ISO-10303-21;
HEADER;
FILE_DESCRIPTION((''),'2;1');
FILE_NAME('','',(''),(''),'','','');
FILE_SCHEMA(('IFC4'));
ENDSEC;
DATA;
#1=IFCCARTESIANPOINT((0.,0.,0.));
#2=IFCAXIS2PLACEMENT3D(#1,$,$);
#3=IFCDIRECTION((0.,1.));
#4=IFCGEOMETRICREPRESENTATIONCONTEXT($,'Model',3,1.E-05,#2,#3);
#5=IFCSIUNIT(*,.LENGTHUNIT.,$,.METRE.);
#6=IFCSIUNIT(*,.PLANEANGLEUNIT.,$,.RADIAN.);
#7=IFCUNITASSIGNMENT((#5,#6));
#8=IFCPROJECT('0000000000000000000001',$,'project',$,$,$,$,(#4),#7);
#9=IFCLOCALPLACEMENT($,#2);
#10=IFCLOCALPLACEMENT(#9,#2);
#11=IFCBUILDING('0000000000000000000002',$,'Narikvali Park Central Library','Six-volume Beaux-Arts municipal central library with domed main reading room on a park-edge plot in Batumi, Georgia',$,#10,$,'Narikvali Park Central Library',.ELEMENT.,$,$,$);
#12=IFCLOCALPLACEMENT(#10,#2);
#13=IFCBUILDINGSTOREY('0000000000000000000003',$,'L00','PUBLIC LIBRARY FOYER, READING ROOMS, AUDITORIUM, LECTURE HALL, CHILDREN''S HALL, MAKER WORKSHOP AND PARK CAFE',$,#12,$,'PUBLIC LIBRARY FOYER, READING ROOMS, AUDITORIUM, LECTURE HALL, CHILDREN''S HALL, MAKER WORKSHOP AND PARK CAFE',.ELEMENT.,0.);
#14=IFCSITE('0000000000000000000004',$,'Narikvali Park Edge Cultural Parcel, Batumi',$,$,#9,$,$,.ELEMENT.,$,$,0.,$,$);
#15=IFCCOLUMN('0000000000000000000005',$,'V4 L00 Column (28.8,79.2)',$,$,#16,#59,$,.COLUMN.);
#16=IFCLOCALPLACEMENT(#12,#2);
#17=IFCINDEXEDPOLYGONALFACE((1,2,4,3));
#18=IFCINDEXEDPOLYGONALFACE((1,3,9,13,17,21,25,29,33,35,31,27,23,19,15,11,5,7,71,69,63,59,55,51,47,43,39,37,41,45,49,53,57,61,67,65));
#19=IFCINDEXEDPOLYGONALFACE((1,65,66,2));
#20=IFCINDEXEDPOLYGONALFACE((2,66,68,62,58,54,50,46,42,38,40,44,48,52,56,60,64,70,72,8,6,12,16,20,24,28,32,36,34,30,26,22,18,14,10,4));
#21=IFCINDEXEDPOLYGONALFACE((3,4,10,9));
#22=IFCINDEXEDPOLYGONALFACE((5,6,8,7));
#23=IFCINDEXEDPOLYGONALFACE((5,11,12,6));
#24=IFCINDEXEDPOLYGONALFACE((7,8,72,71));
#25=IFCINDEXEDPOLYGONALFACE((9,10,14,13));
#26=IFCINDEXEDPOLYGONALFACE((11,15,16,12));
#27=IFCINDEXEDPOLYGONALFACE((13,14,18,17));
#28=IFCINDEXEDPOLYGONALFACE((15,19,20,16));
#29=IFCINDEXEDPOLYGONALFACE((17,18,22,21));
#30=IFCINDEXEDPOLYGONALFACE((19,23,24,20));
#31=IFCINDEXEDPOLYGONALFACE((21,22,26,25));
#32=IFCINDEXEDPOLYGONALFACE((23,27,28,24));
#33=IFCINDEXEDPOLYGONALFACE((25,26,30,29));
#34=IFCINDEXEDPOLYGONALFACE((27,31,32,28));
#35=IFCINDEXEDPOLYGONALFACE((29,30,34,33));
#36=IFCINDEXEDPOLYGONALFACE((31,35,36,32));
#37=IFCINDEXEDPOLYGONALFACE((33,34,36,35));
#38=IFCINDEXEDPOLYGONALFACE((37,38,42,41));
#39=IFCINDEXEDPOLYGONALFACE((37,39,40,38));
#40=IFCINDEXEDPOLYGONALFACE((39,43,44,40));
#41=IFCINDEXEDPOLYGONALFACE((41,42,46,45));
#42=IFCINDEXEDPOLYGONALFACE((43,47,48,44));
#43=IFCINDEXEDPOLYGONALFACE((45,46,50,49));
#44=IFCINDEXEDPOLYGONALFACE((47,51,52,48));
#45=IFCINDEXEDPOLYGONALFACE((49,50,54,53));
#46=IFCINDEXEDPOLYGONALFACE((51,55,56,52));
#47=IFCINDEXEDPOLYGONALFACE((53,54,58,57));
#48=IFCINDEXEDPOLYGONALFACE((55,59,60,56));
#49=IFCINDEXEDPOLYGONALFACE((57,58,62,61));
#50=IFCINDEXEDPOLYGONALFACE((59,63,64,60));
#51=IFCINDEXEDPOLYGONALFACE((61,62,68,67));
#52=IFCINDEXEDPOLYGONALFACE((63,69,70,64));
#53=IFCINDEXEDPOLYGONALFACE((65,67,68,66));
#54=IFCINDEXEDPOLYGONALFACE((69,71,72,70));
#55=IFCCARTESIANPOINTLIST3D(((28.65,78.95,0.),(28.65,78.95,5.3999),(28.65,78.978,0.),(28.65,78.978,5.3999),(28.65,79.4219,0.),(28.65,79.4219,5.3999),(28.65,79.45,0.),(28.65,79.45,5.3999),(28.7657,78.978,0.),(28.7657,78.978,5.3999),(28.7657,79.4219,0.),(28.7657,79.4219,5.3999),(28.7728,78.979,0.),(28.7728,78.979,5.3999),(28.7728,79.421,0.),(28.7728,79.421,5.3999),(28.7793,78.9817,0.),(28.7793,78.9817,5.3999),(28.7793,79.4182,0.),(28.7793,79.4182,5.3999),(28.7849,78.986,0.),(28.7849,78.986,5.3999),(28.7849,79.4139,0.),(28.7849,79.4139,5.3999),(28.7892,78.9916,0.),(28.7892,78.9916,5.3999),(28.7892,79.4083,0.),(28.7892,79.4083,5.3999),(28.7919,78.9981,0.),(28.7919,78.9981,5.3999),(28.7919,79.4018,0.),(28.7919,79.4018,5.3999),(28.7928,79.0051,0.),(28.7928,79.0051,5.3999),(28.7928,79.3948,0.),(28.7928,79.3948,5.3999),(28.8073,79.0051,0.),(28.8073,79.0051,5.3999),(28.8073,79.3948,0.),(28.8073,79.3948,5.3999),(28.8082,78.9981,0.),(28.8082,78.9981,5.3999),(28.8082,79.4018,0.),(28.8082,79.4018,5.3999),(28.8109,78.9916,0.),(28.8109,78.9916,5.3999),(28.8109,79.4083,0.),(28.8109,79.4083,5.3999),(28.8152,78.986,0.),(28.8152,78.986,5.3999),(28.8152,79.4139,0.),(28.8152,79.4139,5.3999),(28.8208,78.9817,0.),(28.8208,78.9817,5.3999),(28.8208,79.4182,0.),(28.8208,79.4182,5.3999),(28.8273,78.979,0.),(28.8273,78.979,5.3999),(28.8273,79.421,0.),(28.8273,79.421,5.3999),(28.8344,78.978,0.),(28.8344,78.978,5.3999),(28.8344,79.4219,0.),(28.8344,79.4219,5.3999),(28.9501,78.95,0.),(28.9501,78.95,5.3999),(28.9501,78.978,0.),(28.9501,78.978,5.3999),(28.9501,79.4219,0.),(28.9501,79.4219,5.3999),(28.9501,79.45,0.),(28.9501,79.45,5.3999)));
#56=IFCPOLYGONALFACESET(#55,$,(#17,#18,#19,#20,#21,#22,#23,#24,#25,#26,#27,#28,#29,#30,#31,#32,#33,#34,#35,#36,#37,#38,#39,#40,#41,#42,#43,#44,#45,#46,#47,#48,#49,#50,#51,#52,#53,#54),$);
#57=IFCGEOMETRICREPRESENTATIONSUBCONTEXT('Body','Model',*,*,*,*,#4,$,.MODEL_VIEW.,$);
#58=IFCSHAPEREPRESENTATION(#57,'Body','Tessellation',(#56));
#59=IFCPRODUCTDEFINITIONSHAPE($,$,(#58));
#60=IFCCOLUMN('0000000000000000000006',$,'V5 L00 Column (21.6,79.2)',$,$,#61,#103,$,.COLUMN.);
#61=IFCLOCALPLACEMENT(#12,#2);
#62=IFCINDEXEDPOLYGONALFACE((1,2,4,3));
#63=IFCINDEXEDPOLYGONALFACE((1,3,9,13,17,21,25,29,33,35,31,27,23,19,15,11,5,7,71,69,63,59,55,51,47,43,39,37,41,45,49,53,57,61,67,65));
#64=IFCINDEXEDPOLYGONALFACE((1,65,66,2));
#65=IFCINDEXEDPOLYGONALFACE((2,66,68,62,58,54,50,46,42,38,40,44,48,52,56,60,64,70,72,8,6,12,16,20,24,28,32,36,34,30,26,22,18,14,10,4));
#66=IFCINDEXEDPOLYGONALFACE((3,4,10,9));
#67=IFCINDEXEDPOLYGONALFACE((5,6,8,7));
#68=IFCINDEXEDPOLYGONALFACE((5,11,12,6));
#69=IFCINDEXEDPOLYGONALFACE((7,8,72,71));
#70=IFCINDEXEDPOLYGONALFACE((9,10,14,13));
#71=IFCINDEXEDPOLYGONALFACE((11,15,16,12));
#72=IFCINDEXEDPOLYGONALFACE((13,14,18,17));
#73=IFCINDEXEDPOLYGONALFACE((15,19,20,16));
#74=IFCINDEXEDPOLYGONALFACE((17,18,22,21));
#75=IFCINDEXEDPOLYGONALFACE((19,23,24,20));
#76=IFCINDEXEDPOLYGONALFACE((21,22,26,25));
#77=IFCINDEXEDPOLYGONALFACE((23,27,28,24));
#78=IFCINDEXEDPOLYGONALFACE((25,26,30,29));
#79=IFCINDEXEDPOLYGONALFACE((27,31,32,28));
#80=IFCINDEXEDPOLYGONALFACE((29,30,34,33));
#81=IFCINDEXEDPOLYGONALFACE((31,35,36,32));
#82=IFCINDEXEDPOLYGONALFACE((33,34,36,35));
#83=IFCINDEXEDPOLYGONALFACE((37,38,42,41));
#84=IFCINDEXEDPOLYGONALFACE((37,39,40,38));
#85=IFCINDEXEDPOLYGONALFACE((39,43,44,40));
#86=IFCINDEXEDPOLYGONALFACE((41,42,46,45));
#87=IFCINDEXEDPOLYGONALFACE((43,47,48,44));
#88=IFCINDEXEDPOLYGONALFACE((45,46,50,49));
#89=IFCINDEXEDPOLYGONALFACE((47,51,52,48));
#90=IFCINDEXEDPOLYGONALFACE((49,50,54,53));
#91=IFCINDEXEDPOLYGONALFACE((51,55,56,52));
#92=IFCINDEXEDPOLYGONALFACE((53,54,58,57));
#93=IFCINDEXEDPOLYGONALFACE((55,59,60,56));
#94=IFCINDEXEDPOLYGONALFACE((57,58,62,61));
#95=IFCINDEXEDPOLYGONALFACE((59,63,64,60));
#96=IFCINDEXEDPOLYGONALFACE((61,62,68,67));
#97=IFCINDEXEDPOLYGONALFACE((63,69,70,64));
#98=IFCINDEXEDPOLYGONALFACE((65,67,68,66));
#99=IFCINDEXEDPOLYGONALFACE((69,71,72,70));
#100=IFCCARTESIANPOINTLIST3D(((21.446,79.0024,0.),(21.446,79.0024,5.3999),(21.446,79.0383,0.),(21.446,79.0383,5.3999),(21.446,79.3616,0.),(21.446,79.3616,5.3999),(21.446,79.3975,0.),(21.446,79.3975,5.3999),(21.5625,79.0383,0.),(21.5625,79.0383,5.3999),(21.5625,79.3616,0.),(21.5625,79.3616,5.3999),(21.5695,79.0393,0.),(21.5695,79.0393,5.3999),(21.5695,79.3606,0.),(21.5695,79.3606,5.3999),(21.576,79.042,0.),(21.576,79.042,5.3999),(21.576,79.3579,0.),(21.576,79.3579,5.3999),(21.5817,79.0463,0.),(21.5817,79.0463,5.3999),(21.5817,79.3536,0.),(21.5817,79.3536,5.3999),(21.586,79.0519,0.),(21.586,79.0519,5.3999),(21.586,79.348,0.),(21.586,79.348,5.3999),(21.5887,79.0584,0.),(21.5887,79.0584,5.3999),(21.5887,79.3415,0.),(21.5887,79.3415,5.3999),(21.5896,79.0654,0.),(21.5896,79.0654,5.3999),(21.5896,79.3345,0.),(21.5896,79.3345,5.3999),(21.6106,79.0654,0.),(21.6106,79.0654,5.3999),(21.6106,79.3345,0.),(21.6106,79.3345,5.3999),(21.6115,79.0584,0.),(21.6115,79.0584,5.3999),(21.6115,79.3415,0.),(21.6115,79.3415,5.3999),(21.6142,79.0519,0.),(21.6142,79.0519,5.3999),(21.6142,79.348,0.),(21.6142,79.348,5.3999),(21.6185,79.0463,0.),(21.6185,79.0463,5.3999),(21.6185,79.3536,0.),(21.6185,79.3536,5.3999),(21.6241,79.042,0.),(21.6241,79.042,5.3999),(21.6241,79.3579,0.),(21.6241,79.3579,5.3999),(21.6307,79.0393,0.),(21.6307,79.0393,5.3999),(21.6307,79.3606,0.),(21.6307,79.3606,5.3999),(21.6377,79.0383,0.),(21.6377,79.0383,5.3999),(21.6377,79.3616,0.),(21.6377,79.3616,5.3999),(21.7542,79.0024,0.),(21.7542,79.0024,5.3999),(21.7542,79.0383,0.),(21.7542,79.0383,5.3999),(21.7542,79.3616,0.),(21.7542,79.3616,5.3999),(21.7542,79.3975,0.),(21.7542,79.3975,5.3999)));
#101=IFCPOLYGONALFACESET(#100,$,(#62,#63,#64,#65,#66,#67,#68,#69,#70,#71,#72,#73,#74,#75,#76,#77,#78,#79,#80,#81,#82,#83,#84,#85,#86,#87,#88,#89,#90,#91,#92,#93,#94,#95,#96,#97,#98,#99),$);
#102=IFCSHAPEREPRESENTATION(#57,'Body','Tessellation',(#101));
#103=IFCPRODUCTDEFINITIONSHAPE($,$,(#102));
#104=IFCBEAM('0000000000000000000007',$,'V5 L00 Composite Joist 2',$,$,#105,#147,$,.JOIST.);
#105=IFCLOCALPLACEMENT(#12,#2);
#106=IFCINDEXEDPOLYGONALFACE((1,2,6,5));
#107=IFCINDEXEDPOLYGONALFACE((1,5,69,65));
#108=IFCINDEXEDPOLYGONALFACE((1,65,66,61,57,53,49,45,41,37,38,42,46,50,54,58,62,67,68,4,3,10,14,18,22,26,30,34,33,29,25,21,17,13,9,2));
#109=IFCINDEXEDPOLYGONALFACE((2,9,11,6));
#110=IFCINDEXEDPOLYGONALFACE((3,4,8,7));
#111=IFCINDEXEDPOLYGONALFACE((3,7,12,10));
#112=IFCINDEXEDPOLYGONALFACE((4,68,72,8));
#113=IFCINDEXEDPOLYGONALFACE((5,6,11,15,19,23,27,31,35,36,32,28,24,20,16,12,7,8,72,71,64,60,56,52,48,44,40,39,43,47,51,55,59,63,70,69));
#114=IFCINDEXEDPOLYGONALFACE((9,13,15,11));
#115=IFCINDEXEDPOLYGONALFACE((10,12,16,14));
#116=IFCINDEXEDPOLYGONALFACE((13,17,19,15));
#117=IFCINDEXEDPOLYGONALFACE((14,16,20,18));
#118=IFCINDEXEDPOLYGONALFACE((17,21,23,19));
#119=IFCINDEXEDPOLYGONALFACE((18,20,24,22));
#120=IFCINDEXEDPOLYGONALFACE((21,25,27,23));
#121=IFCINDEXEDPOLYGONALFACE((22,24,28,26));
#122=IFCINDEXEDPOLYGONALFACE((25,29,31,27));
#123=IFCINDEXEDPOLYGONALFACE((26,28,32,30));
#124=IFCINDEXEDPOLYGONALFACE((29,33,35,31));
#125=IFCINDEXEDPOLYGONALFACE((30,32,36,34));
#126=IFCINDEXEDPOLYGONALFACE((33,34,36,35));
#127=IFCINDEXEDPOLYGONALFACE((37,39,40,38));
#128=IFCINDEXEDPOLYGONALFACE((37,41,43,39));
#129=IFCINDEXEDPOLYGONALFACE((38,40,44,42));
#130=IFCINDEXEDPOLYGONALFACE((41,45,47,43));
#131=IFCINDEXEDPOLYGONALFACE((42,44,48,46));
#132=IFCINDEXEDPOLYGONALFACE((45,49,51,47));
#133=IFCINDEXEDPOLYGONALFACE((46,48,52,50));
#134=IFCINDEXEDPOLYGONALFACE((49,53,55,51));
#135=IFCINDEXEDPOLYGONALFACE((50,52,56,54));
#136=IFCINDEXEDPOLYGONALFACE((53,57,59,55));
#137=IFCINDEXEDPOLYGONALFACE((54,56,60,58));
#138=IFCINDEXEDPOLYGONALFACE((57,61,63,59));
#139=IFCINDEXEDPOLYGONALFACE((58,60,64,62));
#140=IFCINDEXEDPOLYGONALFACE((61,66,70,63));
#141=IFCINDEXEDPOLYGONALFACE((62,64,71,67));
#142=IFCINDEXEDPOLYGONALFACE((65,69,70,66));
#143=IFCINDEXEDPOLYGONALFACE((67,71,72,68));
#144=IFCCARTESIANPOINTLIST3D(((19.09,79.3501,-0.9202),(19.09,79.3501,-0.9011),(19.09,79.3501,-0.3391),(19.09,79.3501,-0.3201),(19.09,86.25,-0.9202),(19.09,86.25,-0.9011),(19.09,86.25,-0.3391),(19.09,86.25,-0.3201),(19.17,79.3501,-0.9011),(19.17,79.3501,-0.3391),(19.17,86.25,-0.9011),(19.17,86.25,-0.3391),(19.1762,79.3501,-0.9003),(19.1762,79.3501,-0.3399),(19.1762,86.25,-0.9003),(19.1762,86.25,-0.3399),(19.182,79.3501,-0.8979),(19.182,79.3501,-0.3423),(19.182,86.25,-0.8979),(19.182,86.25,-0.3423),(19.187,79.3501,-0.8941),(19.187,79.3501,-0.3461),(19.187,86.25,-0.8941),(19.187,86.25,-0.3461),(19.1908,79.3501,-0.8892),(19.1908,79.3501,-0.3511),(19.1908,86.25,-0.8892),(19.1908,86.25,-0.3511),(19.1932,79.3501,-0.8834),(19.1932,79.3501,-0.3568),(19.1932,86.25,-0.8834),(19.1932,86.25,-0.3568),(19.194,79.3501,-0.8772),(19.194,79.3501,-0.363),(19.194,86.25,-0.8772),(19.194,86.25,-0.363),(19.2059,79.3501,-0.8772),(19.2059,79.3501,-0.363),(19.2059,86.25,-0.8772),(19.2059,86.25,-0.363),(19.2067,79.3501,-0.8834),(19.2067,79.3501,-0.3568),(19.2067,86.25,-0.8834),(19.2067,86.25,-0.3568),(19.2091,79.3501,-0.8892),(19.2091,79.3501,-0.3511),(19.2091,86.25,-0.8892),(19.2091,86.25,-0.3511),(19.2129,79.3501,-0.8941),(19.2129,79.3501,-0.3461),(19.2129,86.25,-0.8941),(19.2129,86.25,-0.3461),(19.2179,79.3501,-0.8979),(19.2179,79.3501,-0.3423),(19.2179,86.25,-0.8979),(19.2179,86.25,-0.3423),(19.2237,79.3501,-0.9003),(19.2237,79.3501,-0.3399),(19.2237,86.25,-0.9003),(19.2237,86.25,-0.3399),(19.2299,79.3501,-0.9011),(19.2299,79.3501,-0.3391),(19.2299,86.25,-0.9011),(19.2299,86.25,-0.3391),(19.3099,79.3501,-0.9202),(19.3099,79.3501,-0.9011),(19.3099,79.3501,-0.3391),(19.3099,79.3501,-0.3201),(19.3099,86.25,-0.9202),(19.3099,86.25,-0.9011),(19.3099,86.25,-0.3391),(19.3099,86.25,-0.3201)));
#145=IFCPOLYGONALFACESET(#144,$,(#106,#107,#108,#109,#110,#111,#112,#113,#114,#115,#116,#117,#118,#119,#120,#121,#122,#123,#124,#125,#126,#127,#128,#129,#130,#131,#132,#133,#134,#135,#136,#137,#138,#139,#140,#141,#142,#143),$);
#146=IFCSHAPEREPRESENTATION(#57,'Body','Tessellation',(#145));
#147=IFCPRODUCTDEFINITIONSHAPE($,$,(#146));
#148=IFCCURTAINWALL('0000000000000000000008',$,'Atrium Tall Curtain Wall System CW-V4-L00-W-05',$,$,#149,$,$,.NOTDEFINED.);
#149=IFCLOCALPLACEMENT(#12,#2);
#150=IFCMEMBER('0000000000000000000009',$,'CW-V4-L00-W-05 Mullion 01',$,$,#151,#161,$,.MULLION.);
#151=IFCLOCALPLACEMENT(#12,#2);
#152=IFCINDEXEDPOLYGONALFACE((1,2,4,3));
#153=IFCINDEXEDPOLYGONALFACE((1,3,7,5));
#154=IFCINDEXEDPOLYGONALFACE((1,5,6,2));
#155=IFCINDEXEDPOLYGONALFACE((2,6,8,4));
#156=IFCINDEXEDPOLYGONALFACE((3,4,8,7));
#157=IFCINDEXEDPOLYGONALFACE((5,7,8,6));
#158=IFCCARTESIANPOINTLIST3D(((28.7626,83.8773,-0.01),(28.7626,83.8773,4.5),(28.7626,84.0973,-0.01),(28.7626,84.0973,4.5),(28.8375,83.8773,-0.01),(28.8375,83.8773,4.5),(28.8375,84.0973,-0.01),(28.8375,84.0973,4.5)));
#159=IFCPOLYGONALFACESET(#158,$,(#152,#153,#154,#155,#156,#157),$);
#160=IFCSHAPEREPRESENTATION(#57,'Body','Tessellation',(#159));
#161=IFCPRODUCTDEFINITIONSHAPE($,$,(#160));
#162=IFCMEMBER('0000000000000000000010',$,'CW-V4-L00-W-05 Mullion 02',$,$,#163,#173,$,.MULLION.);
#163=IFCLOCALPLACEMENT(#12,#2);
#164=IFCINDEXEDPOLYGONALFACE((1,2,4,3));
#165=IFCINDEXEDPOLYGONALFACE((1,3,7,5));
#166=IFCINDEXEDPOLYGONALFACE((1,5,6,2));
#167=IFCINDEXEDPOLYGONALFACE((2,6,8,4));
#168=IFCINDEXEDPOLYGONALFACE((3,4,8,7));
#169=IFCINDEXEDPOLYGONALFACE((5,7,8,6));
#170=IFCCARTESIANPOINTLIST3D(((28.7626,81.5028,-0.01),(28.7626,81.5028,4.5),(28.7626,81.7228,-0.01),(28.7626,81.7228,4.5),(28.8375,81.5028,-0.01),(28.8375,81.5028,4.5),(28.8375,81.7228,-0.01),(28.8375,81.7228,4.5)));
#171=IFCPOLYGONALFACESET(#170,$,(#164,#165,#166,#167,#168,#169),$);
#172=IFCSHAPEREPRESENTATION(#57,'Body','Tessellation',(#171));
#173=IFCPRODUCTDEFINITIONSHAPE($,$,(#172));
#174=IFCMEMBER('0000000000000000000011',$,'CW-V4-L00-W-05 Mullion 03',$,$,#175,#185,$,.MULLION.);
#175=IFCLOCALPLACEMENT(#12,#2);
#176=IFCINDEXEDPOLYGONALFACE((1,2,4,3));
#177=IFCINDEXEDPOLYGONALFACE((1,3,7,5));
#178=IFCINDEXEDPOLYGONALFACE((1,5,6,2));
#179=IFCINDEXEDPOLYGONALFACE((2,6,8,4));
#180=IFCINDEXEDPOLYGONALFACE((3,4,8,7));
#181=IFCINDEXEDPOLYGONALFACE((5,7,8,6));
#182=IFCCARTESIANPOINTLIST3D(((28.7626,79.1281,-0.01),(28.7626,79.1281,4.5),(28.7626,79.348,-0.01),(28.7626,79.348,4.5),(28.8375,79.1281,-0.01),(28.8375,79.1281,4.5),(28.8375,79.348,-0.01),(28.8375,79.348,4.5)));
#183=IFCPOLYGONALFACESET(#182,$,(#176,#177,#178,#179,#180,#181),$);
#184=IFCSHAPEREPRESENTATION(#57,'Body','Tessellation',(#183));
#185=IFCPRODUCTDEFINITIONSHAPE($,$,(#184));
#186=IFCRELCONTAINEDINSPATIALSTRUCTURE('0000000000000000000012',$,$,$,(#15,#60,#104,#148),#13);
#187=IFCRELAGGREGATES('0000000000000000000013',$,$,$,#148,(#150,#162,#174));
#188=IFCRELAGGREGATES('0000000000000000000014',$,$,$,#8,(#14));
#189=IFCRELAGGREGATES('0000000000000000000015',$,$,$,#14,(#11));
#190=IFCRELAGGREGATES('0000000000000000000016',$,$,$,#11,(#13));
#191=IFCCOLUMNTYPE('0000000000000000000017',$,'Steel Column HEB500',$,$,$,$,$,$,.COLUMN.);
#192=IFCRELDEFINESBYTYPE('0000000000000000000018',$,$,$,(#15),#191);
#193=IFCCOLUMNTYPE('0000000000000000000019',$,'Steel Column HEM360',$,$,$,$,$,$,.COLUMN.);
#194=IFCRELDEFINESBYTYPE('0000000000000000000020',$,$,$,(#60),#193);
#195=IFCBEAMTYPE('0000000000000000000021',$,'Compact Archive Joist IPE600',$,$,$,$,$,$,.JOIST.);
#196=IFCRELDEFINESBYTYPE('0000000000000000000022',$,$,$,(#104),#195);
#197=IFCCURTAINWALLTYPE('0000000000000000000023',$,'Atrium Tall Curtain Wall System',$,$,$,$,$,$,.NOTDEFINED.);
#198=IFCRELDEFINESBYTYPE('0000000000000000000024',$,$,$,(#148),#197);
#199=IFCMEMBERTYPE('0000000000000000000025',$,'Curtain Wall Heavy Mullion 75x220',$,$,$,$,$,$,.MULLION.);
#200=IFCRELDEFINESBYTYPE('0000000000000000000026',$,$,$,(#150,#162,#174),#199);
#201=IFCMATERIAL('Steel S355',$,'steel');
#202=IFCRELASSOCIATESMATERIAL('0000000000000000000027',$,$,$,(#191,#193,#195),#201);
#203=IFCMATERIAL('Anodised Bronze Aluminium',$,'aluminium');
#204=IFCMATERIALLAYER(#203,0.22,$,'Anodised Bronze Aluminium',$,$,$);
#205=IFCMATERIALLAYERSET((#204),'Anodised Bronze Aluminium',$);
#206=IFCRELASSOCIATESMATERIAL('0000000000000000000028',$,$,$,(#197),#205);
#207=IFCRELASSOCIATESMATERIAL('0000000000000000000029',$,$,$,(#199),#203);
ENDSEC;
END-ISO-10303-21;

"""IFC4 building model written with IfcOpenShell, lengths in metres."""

from ifc_helpers import new_model, si_unit, direction, frame, origin, origin_2d, place, context, subcontext, project, spatial, rectangle, i_section, extrude, material, layer, layer_set, material_profile, profile_set, type_object, element, aggregate, save


model = new_model("IFC4")

# Units and contexts
model_context = context("Model", 3, precision=1e-05, world=origin(), true_north=direction((0.0, 1.0)))
body_context = subcontext(model_context, "Body", "Model", "MODEL_VIEW")
ifc_project = project(units=[si_unit("LENGTHUNIT", "METRE"), si_unit("PLANEANGLEUNIT", "RADIAN")], contexts=[model_context])

# Site, building, storey
site_placement = place(None, origin())
site = spatial("IfcSite", under=ifc_project, at=site_placement, Name="Narikvali Park Edge Cultural Parcel, Batumi", CompositionType="ELEMENT", RefElevation=0.0)
building_placement = place(site_placement, origin())
building = spatial("IfcBuilding", under=site, at=building_placement, Name="Narikvali Park Central Library", Description="Six-volume Beaux-Arts municipal central library with domed main reading room on a park-edge plot in Batumi, Georgia", LongName="Narikvali Park Central Library", CompositionType="ELEMENT")
storey_placement = place(building_placement, origin())
storey = spatial("IfcBuildingStorey", under=building, at=storey_placement, Name="L00", Description="PUBLIC LIBRARY FOYER, READING ROOMS, AUDITORIUM, LECTURE HALL, CHILDREN'S HALL, MAKER WORKSHOP AND PARK CAFE", LongName="PUBLIC LIBRARY FOYER, READING ROOMS, AUDITORIUM, LECTURE HALL, CHILDREN'S HALL, MAKER WORKSHOP AND PARK CAFE", CompositionType="ELEMENT", Elevation=0.0)

# Columns
ifc_material_1 = material(Name="Steel S355", Category="steel")
ifc_material_profile_1 = material_profile(ifc_material_1, i_section(OverallWidth=0.3, OverallDepth=0.5, WebThickness=0.0144, FlangeThickness=0.0281, FilletRadius=0.0271, at=origin_2d()), Name="HEB 500")
ifc_profile_set_1 = profile_set([ifc_material_profile_1], Name="Steel S355")
column_type_1 = type_object("IfcColumnType", Name="Steel Column HEB500", PredefinedType="COLUMN", material=ifc_profile_set_1)
column_1_placement = place(storey_placement, frame((28.8, 79.2, 0.0), z_axis=(0.0, 0.0, 1.0), x_axis=(1.0, 0.0, 0.0)))
element("IfcColumn", 1, at=column_1_placement, inside=storey, type_object=column_type_1, Name="V4 L00 Column (28.8,79.2)", PredefinedType="COLUMN", context=body_context, shape_type="SweptSolid", body=[
    extrude(i_section(OverallWidth=0.3, OverallDepth=0.5, WebThickness=0.0144, FlangeThickness=0.0281, FilletRadius=0.0271, at=origin_2d()), origin(), (0.0, 0.0, 1.0), 5.3999),
])
ifc_material_profile_2 = material_profile(ifc_material_1, i_section(OverallWidth=0.3081, OverallDepth=0.395, WebThickness=0.021, FlangeThickness=0.0359, FilletRadius=0.0271, at=origin_2d()), Name="HEM 360")
ifc_profile_set_2 = profile_set([ifc_material_profile_2], Name="Steel S355")
column_type_2 = type_object("IfcColumnType", Name="Steel Column HEM360", PredefinedType="COLUMN", material=ifc_profile_set_2)
column_2_placement = place(storey_placement, frame((21.6001, 79.2, 0.0), z_axis=(0.0, 0.0, 1.0), x_axis=(1.0, 0.0, 0.0)))
element("IfcColumn", 2, at=column_2_placement, inside=storey, type_object=column_type_2, Name="V5 L00 Column (21.6,79.2)", PredefinedType="COLUMN", context=body_context, shape_type="SweptSolid", body=[
    extrude(i_section(OverallWidth=0.3081, OverallDepth=0.395, WebThickness=0.021, FlangeThickness=0.0359, FilletRadius=0.0271, at=origin_2d()), origin(), (0.0, 0.0, 1.0), 5.3999),
])

# Beam
ifc_material_profile_3 = material_profile(ifc_material_1, i_section(OverallWidth=0.22, OverallDepth=0.6001, WebThickness=0.012, FlangeThickness=0.019, FilletRadius=0.0239, at=origin_2d()), Name="IPE 600")
ifc_profile_set_3 = profile_set([ifc_material_profile_3], Name="Steel S355")
beam_type_1 = type_object("IfcBeamType", Name="Compact Archive Joist IPE600", PredefinedType="JOIST", material=ifc_profile_set_3)
beam_1_placement = place(storey_placement, frame((19.2, 79.3501, -0.6201), z_axis=(0.0, 1.0, 0.0), x_axis=(-1.0, 0.0, 0.0)))
element("IfcBeam", 3, at=beam_1_placement, inside=storey, type_object=beam_type_1, Name="V5 L00 Composite Joist 2", PredefinedType="JOIST", context=body_context, shape_type="SweptSolid", body=[
    extrude(i_section(OverallWidth=0.22, OverallDepth=0.6001, WebThickness=0.012, FlangeThickness=0.019, FilletRadius=0.0239, at=origin_2d()), origin(), (0.0, 0.0, 1.0), 6.8999),
])

# Curtain wall, members
ifc_material_2 = material(Name="Anodised Bronze Aluminium", Category="aluminium")
ifc_layer_1 = layer(ifc_material_2, 0.22, Name="Anodised Bronze Aluminium")
ifc_layer_set_1 = layer_set([ifc_layer_1], Name="Anodised Bronze Aluminium")
curtain_wall_type = type_object("IfcCurtainWallType", Name="Atrium Tall Curtain Wall System", PredefinedType="NOTDEFINED", material=ifc_layer_set_1)
curtain_wall_1_placement = place(storey_placement, origin())
curtain_wall_1 = element("IfcCurtainWall", 4, at=curtain_wall_1_placement, inside=storey, type_object=curtain_wall_type, Name="Atrium Tall Curtain Wall System CW-V4-L00-W-05", PredefinedType="NOTDEFINED")
ifc_material_profile_4 = material_profile(ifc_material_2, rectangle(XDim=0.075, YDim=0.22, at=origin_2d()), Name="CW MULLION 75x220")
ifc_profile_set_4 = profile_set([ifc_material_profile_4], Name="Anodised Bronze Aluminium")
member_type_1 = type_object("IfcMemberType", Name="Curtain Wall Heavy Mullion 75x220", PredefinedType="MULLION", material=ifc_profile_set_4)
member_1_placement = place(storey_placement, frame((28.8, 83.9873, -0.01), z_axis=(0.0, 0.0, 1.0), x_axis=(1.0, 0.0, 0.0)))
member_1 = element("IfcMember", 5, at=member_1_placement, type_object=member_type_1, Name="CW-V4-L00-W-05 Mullion 01", PredefinedType="MULLION", context=body_context, shape_type="SweptSolid", body=[
    extrude(rectangle(XDim=0.075, YDim=0.22, at=origin_2d()), origin(), (0.0, 0.0, 1.0), 4.51),
])
member_2_placement = place(storey_placement, frame((28.8, 81.6128, -0.01), z_axis=(0.0, 0.0, 1.0), x_axis=(1.0, 0.0, 0.0)))
member_2 = element("IfcMember", 6, at=member_2_placement, type_object=member_type_1, Name="CW-V4-L00-W-05 Mullion 02", PredefinedType="MULLION", context=body_context, shape_type="SweptSolid", body=[
    extrude(rectangle(XDim=0.075, YDim=0.22, at=origin_2d()), origin(), (0.0, 0.0, 1.0), 4.51),
])
member_3_placement = place(storey_placement, frame((28.8, 79.238, -0.01), z_axis=(0.0, 0.0, 1.0), x_axis=(1.0, 0.0, 0.0)))
member_3 = element("IfcMember", 7, at=member_3_placement, type_object=member_type_1, Name="CW-V4-L00-W-05 Mullion 03", PredefinedType="MULLION", context=body_context, shape_type="SweptSolid", body=[
    extrude(rectangle(XDim=0.075, YDim=0.22, at=origin_2d()), origin(), (0.0, 0.0, 1.0), 4.51),
])

aggregate(curtain_wall_1, [member_1, member_2, member_3])

save(model, "model.ifc")
